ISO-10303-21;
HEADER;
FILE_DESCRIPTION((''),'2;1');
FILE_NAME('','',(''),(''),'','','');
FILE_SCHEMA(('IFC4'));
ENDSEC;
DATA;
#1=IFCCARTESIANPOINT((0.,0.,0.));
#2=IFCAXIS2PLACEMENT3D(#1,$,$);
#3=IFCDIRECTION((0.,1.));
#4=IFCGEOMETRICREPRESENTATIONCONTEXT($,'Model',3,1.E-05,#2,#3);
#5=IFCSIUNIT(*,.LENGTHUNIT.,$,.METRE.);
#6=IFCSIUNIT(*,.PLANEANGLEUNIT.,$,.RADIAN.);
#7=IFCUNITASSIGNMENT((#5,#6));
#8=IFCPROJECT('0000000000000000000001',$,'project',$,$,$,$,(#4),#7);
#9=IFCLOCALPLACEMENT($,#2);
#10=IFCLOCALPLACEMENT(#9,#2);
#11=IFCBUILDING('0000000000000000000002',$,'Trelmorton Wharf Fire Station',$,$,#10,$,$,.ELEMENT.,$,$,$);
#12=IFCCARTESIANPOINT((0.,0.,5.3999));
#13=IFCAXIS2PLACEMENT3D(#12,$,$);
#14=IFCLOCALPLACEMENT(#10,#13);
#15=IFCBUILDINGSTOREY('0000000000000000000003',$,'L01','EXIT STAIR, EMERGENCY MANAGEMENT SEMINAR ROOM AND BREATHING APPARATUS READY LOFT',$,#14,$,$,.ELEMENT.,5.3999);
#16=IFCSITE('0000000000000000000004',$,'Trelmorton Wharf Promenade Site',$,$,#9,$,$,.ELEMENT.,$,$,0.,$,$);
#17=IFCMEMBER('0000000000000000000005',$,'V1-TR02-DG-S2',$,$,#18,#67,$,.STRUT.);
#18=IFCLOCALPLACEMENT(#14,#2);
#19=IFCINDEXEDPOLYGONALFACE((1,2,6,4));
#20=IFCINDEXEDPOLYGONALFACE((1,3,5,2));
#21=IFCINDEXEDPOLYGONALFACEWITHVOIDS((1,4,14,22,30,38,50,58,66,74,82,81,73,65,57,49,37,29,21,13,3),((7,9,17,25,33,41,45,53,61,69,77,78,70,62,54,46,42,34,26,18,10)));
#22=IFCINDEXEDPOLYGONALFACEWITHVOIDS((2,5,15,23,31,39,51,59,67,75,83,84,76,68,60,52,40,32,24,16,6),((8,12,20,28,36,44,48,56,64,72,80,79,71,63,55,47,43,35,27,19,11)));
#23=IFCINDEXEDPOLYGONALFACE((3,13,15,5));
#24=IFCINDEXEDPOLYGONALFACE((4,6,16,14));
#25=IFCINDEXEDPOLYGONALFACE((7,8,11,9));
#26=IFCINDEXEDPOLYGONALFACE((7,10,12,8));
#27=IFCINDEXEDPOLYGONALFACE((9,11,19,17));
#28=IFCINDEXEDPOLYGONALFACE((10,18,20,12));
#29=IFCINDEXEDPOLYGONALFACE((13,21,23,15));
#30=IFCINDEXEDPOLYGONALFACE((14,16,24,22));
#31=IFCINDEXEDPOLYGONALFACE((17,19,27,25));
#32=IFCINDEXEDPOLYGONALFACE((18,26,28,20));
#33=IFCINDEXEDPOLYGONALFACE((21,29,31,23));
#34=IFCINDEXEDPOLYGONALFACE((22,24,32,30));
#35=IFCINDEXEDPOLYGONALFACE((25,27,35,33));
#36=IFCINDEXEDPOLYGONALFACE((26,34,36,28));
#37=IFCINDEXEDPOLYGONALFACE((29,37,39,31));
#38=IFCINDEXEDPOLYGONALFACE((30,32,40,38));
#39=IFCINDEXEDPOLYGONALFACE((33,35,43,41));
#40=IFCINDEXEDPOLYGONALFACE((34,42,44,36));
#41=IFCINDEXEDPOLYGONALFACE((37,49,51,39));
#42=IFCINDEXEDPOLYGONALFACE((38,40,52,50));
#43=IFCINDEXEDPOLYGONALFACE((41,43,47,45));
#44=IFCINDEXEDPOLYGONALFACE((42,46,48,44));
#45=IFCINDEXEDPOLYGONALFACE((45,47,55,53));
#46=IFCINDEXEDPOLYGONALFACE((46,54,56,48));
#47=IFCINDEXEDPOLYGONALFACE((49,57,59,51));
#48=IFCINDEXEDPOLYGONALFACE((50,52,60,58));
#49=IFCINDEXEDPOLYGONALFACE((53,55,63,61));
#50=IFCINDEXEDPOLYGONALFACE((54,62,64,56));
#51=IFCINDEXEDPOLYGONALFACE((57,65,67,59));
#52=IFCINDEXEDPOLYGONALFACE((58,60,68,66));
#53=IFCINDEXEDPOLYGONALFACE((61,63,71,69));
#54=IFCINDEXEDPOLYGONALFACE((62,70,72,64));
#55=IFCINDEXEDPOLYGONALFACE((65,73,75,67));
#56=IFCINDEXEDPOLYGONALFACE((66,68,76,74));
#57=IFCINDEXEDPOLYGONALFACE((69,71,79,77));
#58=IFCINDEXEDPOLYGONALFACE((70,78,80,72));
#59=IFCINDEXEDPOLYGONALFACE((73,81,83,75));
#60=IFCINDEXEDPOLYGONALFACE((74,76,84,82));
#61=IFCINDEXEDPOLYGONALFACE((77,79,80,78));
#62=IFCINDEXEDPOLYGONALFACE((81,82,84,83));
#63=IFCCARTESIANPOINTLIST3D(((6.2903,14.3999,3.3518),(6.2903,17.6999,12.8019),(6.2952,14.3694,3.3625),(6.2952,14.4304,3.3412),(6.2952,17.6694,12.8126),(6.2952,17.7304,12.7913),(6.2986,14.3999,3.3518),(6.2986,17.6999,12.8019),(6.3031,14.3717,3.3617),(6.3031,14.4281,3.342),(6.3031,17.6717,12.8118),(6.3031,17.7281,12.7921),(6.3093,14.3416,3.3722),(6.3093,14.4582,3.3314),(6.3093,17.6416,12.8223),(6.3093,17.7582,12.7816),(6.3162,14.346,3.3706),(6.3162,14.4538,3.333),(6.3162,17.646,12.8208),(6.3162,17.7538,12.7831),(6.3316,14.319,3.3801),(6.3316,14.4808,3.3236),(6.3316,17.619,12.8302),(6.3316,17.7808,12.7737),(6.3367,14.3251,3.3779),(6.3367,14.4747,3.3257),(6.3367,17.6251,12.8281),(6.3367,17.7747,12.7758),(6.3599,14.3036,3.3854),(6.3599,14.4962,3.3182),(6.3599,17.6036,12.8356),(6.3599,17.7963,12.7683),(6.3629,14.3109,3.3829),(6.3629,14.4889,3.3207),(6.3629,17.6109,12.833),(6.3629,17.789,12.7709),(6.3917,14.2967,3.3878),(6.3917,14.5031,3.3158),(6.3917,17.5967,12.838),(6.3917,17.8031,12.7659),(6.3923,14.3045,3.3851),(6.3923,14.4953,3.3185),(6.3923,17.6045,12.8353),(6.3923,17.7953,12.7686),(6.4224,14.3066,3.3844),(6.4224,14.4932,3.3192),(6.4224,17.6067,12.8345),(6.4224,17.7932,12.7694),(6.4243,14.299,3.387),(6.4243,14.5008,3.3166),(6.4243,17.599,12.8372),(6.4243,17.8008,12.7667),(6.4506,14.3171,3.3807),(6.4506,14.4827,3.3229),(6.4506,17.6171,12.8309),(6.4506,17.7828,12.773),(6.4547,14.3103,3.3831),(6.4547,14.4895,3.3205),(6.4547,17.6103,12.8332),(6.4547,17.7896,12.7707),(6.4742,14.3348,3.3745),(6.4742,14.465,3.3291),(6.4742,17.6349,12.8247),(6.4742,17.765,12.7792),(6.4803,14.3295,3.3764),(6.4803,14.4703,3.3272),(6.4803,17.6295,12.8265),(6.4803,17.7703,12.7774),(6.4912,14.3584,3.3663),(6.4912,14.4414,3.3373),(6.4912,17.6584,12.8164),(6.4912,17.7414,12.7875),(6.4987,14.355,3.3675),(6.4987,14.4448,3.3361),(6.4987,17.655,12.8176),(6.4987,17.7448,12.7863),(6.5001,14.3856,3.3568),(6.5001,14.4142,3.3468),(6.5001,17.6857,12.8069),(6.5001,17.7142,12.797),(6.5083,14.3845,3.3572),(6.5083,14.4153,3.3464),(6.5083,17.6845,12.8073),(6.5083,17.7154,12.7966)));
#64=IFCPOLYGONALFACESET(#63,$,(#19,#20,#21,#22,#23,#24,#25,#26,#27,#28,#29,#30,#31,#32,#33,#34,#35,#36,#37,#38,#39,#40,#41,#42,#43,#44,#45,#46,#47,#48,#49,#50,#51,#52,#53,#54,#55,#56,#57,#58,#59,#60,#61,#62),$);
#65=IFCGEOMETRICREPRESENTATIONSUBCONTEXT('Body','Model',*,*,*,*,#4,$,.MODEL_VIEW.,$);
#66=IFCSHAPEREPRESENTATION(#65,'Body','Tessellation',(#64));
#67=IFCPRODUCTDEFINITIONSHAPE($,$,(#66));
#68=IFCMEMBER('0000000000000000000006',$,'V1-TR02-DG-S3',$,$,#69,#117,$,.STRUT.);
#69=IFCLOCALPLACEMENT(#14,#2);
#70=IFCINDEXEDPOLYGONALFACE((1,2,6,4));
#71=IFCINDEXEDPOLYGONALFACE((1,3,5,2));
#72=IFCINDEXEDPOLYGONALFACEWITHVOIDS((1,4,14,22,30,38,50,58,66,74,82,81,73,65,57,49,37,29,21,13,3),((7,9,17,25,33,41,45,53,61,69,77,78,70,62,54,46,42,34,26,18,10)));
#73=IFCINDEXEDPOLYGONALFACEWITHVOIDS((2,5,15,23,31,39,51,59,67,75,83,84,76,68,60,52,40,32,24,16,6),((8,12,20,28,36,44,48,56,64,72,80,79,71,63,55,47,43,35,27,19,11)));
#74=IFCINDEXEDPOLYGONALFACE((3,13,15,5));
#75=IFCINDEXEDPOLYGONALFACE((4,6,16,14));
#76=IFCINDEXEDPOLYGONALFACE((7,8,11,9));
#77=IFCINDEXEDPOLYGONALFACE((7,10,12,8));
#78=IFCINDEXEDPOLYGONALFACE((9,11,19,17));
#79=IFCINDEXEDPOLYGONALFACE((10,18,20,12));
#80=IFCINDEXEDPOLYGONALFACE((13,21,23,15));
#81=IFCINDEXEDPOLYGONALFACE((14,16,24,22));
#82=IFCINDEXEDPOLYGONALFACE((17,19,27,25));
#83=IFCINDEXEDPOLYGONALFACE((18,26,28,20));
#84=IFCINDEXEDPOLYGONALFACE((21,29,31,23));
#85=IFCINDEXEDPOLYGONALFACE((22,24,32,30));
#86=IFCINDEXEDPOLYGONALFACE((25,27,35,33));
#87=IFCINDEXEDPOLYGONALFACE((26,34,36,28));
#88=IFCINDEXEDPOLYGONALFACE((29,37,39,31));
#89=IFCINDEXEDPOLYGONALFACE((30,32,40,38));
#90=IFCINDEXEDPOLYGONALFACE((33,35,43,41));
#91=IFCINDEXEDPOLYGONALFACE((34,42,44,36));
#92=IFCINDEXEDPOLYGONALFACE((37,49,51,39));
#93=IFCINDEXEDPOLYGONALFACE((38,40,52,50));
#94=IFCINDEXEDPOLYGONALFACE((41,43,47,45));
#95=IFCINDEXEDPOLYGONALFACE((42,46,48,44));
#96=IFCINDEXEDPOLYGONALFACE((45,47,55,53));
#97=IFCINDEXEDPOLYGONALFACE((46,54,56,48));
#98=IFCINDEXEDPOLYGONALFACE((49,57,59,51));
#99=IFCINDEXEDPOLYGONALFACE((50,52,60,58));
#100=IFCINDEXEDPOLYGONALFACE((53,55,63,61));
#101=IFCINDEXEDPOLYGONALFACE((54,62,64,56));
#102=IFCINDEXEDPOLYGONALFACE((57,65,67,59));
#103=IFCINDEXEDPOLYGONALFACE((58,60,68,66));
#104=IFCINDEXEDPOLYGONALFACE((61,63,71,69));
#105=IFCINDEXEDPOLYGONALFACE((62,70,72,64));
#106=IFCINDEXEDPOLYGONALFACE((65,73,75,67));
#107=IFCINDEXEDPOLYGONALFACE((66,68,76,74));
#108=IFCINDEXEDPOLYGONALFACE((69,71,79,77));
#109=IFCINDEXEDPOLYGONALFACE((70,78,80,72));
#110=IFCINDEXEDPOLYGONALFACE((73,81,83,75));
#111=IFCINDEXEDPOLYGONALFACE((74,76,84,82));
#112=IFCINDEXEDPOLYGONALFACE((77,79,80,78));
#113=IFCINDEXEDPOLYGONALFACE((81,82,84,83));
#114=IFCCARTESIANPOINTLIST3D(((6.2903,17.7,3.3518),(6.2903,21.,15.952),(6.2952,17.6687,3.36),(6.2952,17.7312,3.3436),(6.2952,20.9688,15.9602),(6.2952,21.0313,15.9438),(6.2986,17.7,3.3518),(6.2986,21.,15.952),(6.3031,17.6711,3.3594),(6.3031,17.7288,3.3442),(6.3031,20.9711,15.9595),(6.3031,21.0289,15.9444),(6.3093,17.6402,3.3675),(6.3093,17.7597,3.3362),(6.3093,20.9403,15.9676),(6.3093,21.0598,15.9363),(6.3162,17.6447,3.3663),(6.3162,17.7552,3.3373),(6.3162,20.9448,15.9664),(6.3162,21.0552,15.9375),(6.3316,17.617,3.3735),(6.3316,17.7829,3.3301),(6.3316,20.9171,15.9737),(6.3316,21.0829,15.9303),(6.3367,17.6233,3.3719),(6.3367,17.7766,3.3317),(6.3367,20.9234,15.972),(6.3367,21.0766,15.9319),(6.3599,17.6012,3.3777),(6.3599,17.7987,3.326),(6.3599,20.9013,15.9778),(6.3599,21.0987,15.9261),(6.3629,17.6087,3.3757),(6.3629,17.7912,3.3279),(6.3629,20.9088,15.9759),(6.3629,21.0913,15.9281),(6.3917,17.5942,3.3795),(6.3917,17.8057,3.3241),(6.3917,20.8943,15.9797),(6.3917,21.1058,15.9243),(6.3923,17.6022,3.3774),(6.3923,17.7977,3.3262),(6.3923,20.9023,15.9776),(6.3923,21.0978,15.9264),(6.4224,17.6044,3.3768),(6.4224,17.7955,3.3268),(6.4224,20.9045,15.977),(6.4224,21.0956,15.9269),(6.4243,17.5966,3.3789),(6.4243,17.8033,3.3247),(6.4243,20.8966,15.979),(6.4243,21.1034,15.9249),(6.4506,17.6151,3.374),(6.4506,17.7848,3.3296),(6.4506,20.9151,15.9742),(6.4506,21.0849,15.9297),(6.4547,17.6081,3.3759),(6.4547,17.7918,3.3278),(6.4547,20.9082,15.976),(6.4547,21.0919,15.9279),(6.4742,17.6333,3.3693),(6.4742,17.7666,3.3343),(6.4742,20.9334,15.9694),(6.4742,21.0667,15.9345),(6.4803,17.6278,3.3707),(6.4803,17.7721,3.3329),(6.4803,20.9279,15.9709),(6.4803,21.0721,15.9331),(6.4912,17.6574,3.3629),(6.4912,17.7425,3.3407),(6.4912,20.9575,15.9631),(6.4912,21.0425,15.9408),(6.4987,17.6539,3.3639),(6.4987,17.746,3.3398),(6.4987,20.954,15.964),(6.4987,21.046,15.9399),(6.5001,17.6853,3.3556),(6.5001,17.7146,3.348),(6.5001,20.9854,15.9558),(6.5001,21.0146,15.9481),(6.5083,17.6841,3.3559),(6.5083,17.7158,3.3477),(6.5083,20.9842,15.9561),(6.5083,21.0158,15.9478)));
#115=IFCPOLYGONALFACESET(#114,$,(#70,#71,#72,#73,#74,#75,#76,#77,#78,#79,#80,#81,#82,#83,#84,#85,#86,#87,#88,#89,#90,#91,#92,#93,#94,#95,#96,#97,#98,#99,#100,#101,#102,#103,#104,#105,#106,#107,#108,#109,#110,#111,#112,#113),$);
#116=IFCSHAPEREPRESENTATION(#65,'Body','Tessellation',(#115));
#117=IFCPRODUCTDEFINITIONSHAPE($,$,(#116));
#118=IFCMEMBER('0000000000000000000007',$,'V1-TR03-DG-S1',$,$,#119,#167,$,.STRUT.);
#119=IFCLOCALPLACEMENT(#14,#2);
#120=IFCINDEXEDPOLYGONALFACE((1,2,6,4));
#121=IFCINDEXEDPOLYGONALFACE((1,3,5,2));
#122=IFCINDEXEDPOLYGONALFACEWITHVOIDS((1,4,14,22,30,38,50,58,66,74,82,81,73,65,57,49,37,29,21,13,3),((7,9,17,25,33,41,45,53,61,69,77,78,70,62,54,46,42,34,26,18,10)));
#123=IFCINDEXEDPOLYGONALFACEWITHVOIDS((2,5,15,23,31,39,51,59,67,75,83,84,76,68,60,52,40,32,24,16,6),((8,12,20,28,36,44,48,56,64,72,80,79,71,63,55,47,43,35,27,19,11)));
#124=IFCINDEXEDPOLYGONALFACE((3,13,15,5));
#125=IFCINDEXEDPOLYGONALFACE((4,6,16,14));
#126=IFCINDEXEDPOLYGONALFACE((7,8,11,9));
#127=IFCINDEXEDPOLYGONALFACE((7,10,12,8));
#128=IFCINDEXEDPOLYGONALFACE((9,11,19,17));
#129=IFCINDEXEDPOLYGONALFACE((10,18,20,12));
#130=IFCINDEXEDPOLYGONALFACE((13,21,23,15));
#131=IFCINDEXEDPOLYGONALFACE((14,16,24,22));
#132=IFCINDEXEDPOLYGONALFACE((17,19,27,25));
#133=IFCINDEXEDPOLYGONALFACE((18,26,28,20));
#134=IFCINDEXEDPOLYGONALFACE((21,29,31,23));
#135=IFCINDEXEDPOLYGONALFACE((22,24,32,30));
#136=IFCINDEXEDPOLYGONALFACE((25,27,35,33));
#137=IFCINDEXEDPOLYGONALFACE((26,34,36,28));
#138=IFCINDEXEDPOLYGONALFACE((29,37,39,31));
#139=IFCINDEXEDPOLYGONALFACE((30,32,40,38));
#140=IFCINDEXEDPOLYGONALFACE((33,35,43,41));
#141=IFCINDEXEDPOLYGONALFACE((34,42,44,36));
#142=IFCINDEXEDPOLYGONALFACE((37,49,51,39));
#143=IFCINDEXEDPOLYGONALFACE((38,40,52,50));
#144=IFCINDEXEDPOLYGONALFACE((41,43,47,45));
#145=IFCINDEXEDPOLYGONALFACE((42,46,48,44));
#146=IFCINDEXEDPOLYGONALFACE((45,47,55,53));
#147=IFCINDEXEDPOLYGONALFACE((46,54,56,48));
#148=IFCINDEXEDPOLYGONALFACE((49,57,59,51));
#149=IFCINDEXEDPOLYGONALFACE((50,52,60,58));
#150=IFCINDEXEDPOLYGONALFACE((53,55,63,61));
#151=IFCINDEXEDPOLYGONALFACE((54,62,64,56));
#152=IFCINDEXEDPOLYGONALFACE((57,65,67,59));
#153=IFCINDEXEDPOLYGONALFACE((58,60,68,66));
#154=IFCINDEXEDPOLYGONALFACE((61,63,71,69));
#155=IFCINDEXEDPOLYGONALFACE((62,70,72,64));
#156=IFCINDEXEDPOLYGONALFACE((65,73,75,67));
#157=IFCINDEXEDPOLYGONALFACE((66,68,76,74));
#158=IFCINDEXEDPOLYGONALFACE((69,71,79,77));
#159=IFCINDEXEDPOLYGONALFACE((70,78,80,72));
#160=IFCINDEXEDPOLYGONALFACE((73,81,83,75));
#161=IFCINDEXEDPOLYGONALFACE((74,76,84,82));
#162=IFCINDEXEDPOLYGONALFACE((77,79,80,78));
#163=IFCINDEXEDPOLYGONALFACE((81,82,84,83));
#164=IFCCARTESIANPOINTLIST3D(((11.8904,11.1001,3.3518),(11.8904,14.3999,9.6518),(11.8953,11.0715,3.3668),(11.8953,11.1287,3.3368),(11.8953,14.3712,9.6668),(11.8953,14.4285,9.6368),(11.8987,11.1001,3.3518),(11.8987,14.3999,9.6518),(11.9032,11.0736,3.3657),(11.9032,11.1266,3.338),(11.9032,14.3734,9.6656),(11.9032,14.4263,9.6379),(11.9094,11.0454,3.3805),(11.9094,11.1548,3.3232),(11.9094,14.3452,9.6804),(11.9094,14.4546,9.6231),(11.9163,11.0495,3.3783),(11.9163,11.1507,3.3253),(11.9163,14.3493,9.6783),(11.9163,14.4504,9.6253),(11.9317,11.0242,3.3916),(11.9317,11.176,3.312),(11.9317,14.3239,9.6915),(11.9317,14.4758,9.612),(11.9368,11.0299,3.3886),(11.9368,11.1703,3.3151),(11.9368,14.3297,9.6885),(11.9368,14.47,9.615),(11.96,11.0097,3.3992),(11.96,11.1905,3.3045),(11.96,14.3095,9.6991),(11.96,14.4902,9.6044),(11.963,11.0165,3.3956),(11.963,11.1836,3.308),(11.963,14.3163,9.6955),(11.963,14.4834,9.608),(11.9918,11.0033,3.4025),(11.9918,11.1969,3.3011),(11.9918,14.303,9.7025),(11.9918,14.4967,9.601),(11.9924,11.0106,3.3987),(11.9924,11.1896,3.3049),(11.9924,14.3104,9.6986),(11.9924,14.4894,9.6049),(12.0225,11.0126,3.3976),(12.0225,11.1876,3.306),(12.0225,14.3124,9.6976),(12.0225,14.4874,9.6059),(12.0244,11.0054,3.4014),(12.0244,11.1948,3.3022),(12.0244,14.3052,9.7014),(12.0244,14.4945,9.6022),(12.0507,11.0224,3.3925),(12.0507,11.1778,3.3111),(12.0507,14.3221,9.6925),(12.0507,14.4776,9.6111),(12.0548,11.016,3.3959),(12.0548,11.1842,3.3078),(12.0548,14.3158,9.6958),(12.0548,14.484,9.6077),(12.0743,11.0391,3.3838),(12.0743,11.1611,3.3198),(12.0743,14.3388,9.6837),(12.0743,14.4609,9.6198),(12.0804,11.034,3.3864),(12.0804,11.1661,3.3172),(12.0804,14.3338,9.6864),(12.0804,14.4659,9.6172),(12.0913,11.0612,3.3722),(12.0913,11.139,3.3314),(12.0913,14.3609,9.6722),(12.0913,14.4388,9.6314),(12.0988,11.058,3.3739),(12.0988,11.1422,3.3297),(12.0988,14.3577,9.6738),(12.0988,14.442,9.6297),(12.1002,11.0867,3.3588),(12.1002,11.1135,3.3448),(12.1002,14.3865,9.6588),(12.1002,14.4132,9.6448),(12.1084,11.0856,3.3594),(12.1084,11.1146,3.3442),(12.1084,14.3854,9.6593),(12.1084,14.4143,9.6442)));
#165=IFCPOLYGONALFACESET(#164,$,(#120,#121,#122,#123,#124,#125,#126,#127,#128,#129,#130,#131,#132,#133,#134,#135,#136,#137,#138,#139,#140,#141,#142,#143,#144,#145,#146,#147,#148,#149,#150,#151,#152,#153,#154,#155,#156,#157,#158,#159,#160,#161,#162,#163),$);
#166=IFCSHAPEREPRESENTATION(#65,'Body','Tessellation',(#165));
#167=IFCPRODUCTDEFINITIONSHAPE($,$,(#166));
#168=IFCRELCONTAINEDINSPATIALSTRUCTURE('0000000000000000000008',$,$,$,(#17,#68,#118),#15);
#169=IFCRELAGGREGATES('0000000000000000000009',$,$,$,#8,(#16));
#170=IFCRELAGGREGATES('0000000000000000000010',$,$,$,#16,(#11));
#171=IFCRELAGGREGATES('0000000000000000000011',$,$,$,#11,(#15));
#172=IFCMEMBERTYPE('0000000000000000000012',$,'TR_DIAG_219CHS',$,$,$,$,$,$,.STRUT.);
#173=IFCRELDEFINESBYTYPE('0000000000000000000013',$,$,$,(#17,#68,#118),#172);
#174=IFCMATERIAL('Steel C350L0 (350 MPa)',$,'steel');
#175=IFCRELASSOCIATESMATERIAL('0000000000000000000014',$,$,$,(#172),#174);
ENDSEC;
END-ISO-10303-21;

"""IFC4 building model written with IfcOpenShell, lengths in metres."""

from ifc_helpers import new_model, si_unit, direction, frame, origin, origin_2d, place, context, subcontext, project, spatial, hollow_circle, extrude, material, material_profile, profile_set, type_object, element, save


model = new_model("IFC4")

# Units and contexts
model_context = context("Model", 3, precision=1e-05, world=origin(), true_north=direction((0.0, 1.0)))
body_context = subcontext(model_context, "Body", "Model", "MODEL_VIEW")
ifc_project = project(units=[si_unit("LENGTHUNIT", "METRE"), si_unit("PLANEANGLEUNIT", "RADIAN")], contexts=[model_context])

# Site, building, storey
site_placement = place(None, origin())
site = spatial("IfcSite", under=ifc_project, at=site_placement, Name="Trelmorton Wharf Promenade Site", CompositionType="ELEMENT", RefElevation=0.0)
building_placement = place(site_placement, origin())
building = spatial("IfcBuilding", under=site, at=building_placement, Name="Trelmorton Wharf Fire Station", CompositionType="ELEMENT")
storey_placement = place(building_placement, frame((0.0, 0.0, 5.3999)))
storey = spatial("IfcBuildingStorey", under=building, at=storey_placement, Name="L01", Description="EXIT STAIR, EMERGENCY MANAGEMENT SEMINAR ROOM AND BREATHING APPARATUS READY LOFT", CompositionType="ELEMENT", Elevation=5.3999)

# Members
ifc_material_1 = material(Name="Steel C350L0 (350 MPa)", Category="steel")
ifc_material_profile_1 = material_profile(ifc_material_1, hollow_circle(Radius=0.1096, WallThickness=0.0083, at=origin_2d()), Name="219.1x8.2CHS")
ifc_profile_set_1 = profile_set([ifc_material_profile_1], Name="Steel C350L0 (350 MPa)")
member_type_1 = type_object("IfcMemberType", Name="TR_DIAG_219CHS", PredefinedType="STRUT", material=ifc_profile_set_1)
member_1_placement = place(storey_placement, frame((6.3999, 14.3999, 3.3518), z_axis=(0.0, 0.329681, 0.944092), x_axis=(-1.0, 0.0, 0.0)))
element("IfcMember", 1, at=member_1_placement, inside=storey, type_object=member_type_1, Name="V1-TR02-DG-S2", PredefinedType="STRUT", context=body_context, shape_type="SweptSolid", body=[
    extrude(hollow_circle(Radius=0.1096, WallThickness=0.0083, at=origin_2d()), origin(), (0.0, 0.0, 1.0), 10.0098),
])
member_2_placement = place(storey_placement, frame((6.3999, 17.7, 3.3518), z_axis=(0.0, 0.253361, 0.967372), x_axis=(-1.0, 0.0, 0.0)))
element("IfcMember", 2, at=member_2_placement, inside=storey, type_object=member_type_1, Name="V1-TR02-DG-S3", PredefinedType="STRUT", context=body_context, shape_type="SweptSolid", body=[
    extrude(hollow_circle(Radius=0.1096, WallThickness=0.0083, at=origin_2d()), origin(), (0.0, 0.0, 1.0), 13.0251),
])
member_3_placement = place(storey_placement, frame((12.0, 11.1001, 3.3518), z_axis=(0.0, 0.463983, 0.885844), x_axis=(-1.0, 0.0, 0.0)))
element("IfcMember", 3, at=member_3_placement, inside=storey, type_object=member_type_1, Name="V1-TR03-DG-S1", PredefinedType="STRUT", context=body_context, shape_type="SweptSolid", body=[
    extrude(hollow_circle(Radius=0.1096, WallThickness=0.0083, at=origin_2d()), origin(), (0.0, 0.0, 1.0), 7.1118),
])

save(model, "model.ifc")
